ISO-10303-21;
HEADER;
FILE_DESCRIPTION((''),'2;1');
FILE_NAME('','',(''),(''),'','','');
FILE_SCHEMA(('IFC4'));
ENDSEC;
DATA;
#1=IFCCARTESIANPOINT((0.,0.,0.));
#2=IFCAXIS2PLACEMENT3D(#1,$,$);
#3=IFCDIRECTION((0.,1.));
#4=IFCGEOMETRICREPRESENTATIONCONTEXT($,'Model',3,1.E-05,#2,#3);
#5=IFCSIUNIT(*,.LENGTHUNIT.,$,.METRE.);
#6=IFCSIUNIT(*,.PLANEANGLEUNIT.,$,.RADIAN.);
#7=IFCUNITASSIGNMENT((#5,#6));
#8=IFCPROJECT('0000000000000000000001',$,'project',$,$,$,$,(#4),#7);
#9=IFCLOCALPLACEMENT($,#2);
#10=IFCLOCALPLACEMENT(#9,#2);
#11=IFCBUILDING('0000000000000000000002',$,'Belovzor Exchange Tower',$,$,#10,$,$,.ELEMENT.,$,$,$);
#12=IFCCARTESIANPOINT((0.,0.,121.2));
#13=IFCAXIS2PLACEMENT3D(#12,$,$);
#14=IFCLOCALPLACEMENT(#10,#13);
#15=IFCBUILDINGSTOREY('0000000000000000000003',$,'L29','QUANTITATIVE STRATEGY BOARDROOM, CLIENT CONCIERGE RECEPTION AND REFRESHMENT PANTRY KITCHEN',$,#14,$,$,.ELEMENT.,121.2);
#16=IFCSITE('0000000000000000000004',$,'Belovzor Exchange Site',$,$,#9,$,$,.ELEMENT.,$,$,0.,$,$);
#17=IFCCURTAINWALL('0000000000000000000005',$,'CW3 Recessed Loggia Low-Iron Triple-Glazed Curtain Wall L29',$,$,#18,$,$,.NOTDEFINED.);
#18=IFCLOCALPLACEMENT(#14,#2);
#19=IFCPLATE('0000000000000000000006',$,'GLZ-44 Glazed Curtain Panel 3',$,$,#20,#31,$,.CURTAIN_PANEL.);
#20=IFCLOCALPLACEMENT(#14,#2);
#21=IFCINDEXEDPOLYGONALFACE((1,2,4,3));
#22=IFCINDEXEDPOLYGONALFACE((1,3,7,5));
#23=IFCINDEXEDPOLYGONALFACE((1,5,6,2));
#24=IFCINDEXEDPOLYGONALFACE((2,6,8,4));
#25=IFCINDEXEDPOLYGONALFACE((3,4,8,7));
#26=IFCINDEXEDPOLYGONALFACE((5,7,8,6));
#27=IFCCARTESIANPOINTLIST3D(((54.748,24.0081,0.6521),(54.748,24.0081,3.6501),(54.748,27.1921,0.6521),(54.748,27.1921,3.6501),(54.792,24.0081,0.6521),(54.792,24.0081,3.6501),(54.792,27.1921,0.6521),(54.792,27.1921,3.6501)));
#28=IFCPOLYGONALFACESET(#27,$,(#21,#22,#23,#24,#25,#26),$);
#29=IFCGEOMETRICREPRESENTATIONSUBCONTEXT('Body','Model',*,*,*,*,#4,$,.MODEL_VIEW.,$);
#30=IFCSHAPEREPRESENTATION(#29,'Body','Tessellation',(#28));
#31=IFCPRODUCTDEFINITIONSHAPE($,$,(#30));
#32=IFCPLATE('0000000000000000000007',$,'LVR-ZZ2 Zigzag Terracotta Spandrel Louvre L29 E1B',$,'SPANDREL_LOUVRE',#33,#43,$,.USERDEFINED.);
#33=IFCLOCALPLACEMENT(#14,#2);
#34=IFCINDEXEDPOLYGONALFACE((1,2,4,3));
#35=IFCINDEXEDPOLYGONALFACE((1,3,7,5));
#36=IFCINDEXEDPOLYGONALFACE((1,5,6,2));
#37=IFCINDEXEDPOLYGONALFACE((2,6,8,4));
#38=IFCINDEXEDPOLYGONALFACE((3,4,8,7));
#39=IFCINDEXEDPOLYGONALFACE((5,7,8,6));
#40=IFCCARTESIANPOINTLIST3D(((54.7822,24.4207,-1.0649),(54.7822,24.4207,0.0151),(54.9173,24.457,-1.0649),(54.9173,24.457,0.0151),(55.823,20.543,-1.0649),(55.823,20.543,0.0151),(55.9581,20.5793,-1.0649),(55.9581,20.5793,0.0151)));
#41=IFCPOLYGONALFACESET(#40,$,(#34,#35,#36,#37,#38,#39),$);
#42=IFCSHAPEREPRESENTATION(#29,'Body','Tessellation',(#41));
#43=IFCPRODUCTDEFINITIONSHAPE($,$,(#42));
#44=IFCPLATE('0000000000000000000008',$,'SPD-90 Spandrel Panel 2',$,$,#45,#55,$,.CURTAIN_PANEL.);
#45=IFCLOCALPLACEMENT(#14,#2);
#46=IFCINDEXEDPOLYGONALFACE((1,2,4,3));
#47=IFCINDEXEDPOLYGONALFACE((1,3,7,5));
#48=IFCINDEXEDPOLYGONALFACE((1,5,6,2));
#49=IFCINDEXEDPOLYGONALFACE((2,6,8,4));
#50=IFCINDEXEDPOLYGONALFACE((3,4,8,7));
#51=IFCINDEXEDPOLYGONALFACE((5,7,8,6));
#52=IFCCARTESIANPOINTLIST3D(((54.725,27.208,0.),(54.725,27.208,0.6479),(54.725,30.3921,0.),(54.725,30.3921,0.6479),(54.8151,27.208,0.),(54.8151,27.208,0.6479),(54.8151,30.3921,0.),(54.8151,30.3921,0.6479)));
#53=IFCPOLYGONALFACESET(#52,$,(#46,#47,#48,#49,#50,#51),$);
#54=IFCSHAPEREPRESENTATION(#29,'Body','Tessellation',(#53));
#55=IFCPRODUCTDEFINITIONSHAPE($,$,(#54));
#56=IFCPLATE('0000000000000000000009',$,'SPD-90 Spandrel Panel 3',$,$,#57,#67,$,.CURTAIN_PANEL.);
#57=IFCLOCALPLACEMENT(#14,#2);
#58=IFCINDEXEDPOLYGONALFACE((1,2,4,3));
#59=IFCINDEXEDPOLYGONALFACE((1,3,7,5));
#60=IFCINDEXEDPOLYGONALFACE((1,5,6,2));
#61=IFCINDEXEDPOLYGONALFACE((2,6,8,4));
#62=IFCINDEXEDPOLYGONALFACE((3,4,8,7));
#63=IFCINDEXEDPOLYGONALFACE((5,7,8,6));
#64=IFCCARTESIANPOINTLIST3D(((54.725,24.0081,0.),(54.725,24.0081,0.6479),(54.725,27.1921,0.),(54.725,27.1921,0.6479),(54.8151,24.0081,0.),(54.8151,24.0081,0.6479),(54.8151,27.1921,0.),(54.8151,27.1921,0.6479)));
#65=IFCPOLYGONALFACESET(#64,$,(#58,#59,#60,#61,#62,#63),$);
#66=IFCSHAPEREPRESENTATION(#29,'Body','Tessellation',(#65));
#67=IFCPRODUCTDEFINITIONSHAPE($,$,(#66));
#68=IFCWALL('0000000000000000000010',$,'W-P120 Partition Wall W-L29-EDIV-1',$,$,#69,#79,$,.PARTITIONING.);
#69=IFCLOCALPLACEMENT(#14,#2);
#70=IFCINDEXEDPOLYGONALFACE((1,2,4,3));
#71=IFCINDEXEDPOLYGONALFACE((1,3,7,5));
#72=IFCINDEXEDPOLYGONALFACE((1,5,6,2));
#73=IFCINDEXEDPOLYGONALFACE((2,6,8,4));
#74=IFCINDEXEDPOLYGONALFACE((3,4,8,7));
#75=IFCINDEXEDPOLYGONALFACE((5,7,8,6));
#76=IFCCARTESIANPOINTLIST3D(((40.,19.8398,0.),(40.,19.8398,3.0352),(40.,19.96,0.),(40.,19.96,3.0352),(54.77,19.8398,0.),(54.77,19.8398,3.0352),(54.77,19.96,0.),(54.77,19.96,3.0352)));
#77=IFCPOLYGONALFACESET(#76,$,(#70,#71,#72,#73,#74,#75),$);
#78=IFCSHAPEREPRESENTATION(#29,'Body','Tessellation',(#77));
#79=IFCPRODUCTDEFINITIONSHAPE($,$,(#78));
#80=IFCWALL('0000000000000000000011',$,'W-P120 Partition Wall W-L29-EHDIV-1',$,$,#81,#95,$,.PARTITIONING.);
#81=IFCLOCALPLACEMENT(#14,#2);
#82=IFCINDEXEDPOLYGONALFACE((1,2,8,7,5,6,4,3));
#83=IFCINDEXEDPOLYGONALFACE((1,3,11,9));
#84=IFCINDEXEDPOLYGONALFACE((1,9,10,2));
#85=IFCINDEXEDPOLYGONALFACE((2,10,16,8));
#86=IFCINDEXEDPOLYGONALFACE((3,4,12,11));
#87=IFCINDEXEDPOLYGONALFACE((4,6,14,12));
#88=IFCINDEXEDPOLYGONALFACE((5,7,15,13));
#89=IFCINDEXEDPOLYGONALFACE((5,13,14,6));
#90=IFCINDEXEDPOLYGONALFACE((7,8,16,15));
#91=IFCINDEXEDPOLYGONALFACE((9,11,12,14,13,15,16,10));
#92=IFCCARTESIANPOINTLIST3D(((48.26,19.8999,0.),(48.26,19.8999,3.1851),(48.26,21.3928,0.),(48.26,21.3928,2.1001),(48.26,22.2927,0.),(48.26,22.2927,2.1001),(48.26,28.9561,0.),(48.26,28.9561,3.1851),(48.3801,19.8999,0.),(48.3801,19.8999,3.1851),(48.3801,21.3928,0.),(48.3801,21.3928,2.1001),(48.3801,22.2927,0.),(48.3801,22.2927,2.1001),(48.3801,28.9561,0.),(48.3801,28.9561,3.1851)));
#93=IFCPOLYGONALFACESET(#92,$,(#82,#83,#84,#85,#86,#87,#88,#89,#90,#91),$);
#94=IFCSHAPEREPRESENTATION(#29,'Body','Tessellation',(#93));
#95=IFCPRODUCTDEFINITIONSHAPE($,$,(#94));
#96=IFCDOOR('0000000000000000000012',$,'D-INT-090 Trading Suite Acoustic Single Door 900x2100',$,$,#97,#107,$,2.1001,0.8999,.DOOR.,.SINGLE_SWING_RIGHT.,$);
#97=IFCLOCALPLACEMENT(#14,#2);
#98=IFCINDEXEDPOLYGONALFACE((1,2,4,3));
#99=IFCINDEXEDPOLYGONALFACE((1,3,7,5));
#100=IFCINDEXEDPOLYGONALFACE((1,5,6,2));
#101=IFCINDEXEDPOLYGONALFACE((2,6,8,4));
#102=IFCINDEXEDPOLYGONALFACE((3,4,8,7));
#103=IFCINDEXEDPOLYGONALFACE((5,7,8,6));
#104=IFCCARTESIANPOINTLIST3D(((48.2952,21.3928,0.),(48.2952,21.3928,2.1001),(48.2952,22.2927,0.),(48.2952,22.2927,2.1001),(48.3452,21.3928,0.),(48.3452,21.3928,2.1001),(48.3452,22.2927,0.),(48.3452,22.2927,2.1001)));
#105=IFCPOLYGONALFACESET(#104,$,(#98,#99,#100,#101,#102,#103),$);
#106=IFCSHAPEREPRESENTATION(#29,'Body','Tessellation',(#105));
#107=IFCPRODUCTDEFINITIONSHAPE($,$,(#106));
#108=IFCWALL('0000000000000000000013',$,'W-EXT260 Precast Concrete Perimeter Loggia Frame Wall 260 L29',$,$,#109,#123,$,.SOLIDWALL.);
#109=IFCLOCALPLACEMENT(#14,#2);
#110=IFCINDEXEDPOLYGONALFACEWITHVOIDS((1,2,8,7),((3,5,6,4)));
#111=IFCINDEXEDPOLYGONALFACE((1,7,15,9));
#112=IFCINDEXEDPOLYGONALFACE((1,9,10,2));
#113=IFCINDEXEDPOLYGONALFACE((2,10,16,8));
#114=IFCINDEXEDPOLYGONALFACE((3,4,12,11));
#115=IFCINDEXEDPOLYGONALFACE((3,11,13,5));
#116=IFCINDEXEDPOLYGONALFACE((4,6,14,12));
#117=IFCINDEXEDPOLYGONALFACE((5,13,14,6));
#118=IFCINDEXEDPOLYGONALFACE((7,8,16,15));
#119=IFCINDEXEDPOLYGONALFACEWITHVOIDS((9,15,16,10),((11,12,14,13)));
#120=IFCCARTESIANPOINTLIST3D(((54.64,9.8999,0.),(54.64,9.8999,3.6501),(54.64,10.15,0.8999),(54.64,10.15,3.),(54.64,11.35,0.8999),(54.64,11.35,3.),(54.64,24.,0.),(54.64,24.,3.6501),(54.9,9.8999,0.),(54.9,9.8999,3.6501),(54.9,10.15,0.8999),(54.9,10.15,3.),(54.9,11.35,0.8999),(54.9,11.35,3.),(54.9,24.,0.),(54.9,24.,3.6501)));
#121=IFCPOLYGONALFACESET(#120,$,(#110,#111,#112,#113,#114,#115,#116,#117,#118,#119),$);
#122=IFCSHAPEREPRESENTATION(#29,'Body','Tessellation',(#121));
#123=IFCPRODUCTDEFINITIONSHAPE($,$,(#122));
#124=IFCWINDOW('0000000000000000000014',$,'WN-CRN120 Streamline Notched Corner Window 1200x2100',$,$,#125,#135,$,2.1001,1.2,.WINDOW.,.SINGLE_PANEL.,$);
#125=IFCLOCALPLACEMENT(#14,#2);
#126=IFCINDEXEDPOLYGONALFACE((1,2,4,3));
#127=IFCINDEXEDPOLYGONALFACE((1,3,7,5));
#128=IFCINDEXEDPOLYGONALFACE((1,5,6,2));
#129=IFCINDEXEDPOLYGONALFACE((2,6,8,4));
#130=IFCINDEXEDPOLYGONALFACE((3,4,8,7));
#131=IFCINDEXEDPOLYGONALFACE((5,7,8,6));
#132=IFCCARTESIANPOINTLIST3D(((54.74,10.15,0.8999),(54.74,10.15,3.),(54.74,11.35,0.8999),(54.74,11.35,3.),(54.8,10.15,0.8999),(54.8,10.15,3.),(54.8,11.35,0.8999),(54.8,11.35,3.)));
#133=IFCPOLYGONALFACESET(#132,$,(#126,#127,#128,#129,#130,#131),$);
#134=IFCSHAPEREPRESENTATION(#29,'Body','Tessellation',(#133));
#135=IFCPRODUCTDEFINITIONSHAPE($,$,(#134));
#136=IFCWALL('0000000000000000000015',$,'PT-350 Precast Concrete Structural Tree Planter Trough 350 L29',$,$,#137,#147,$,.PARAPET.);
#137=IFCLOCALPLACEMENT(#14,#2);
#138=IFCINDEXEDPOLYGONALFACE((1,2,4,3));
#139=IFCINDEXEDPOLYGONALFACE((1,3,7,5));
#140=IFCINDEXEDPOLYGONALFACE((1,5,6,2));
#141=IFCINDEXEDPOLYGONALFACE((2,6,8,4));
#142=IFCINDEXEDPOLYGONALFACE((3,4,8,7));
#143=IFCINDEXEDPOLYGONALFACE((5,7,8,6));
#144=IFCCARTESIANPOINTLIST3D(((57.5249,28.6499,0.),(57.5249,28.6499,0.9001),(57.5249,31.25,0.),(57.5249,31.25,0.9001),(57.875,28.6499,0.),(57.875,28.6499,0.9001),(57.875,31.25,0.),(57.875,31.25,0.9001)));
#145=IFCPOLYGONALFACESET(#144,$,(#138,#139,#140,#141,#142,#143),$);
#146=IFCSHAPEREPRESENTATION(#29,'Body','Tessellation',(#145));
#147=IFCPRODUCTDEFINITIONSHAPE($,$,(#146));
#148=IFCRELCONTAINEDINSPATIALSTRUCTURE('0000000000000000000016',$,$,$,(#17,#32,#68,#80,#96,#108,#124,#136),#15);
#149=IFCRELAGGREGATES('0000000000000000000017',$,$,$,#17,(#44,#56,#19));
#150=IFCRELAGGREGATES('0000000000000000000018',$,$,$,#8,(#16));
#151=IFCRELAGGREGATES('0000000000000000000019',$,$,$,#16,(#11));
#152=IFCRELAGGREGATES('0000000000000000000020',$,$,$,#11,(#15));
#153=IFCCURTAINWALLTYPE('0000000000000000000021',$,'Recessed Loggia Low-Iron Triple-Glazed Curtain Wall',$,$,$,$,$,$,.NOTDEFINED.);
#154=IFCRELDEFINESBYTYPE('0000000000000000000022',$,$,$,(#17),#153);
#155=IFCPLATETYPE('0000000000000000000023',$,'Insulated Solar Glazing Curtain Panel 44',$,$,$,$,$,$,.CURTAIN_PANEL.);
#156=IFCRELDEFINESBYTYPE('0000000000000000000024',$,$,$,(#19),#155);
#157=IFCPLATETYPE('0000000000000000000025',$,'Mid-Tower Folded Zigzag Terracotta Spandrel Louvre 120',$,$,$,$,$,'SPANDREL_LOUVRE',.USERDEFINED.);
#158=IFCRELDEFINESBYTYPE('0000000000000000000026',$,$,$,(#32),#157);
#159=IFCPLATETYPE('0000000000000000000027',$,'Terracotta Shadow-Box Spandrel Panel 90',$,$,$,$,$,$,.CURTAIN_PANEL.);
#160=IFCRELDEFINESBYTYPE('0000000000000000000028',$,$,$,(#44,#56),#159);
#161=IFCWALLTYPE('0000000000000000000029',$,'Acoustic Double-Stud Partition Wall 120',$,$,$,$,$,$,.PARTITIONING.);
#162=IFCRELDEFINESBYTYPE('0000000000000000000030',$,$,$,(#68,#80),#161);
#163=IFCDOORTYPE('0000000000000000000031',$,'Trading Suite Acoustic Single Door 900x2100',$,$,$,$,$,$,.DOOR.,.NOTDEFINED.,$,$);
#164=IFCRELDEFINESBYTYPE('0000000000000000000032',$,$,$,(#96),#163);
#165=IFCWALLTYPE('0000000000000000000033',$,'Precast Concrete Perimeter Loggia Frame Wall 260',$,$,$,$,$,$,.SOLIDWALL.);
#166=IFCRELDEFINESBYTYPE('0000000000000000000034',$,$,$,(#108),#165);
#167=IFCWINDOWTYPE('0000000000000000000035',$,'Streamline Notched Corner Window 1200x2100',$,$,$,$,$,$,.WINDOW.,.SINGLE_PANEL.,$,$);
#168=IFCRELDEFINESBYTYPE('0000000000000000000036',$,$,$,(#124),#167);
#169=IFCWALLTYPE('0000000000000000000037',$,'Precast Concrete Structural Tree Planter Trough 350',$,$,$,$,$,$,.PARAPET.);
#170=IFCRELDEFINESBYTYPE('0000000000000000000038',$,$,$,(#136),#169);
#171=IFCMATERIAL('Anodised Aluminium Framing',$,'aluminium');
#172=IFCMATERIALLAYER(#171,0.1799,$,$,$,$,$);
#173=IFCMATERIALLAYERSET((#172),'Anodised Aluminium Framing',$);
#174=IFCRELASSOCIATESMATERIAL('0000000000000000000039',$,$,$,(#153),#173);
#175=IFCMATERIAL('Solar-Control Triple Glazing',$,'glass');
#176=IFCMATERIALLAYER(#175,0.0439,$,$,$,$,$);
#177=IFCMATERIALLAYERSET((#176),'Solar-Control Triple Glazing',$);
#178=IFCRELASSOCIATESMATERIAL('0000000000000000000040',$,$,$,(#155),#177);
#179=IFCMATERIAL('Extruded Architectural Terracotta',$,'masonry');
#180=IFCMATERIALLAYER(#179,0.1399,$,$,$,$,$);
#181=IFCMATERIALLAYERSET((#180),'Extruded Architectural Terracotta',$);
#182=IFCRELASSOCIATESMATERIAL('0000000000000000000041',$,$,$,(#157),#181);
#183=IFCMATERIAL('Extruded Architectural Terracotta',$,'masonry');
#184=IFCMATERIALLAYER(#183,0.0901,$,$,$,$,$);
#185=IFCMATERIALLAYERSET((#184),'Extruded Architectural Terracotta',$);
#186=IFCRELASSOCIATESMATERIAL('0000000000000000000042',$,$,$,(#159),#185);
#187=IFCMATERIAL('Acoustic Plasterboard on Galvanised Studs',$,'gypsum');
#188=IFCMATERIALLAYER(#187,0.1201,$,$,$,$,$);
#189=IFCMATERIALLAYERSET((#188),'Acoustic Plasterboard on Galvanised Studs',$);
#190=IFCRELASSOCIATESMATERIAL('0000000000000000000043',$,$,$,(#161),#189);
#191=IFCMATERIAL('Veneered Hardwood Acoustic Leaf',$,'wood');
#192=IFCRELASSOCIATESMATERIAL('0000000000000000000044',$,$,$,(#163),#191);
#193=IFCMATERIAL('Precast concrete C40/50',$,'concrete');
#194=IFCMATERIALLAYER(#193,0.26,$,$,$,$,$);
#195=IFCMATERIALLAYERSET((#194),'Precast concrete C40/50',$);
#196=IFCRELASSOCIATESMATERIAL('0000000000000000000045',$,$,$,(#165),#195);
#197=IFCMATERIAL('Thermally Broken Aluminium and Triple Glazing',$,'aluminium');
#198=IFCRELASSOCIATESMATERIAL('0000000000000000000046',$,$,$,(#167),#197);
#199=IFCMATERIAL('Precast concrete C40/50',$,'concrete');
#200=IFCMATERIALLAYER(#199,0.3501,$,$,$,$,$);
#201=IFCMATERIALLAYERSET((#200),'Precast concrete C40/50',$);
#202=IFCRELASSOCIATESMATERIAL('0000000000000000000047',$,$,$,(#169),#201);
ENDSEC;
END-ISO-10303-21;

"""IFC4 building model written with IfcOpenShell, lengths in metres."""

from ifc_helpers import new_model, si_unit, direction, frame, frame_2d, origin, origin_2d, place, context, subcontext, project, spatial, rectangle, extrude, material, layer, layer_set, type_object, element, fill, aggregate, save


model = new_model("IFC4")

# Units and contexts
model_context = context("Model", 3, precision=1e-05, world=origin(), true_north=direction((0.0, 1.0)))
body_context = subcontext(model_context, "Body", "Model", "MODEL_VIEW")
ifc_project = project(units=[si_unit("LENGTHUNIT", "METRE"), si_unit("PLANEANGLEUNIT", "RADIAN")], contexts=[model_context])

# Site, building, storey
site_placement = place(None, origin())
site = spatial("IfcSite", under=ifc_project, at=site_placement, Name="Belovzor Exchange Site", CompositionType="ELEMENT", RefElevation=0.0)
building_placement = place(site_placement, origin())
building = spatial("IfcBuilding", under=site, at=building_placement, Name="Belovzor Exchange Tower", CompositionType="ELEMENT")
storey_placement = place(building_placement, frame((0.0, 0.0, 121.2)))
storey = spatial("IfcBuildingStorey", under=building, at=storey_placement, Name="L29", Description="QUANTITATIVE STRATEGY BOARDROOM, CLIENT CONCIERGE RECEPTION AND REFRESHMENT PANTRY KITCHEN", CompositionType="ELEMENT", Elevation=121.2)

# Curtain wall, plate
ifc_material_1 = material(Name="Anodised Aluminium Framing", Category="aluminium")
ifc_layer_1 = layer(ifc_material_1, 0.1799)
ifc_layer_set_1 = layer_set([ifc_layer_1], Name="Anodised Aluminium Framing")
curtain_wall_type = type_object("IfcCurtainWallType", Name="Recessed Loggia Low-Iron Triple-Glazed Curtain Wall", PredefinedType="NOTDEFINED", material=ifc_layer_set_1)
curtain_wall_placement = place(storey_placement, origin())
curtain_wall = element("IfcCurtainWall", 1, at=curtain_wall_placement, inside=storey, type_object=curtain_wall_type, Name="CW3 Recessed Loggia Low-Iron Triple-Glazed Curtain Wall L29", PredefinedType="NOTDEFINED")
ifc_material_2 = material(Name="Solar-Control Triple Glazing", Category="glass")
ifc_layer_2 = layer(ifc_material_2, 0.0439)
ifc_layer_set_2 = layer_set([ifc_layer_2], Name="Solar-Control Triple Glazing")
plate_type_1 = type_object("IfcPlateType", Name="Insulated Solar Glazing Curtain Panel 44", PredefinedType="CURTAIN_PANEL", material=ifc_layer_set_2)
plate_1_placement = place(storey_placement, frame((54.77, 25.6001, 0.6521), z_axis=(0.0, 0.0, 1.0), x_axis=(0.0, -1.0, 0.0)))
plate_1 = element("IfcPlate", 2, at=plate_1_placement, type_object=plate_type_1, Name="GLZ-44 Glazed Curtain Panel 3", PredefinedType="CURTAIN_PANEL", context=body_context, shape_type="SweptSolid", body=[
    extrude(rectangle(XDim=3.1841, YDim=0.0439, at=origin_2d()), origin(), (0.0, 0.0, 1.0), 2.998),
])

# Plates
ifc_material_3 = material(Name="Extruded Architectural Terracotta", Category="masonry")
ifc_layer_3 = layer(ifc_material_3, 0.1399)
ifc_layer_set_3 = layer_set([ifc_layer_3], Name="Extruded Architectural Terracotta")
plate_type_2 = type_object("IfcPlateType", Name="Mid-Tower Folded Zigzag Terracotta Spandrel Louvre 120", ElementType="SPANDREL_LOUVRE", PredefinedType="USERDEFINED", material=ifc_layer_set_3)
plate_2_placement = place(storey_placement, frame((55.3701, 22.5, -1.0649), z_axis=(0.0, 0.0, 1.0), x_axis=(-0.25924, 0.965813, 0.0)))
element("IfcPlate", 3, at=plate_2_placement, inside=storey, type_object=plate_type_2, Name="LVR-ZZ2 Zigzag Terracotta Spandrel Louvre L29 E1B", ObjectType="SPANDREL_LOUVRE", PredefinedType="USERDEFINED", context=body_context, shape_type="SweptSolid", body=[
    extrude(rectangle(XDim=4.0149, YDim=0.1399, at=origin_2d()), origin(), (0.0, 0.0, 1.0), 1.0801),
])
ifc_material_4 = material(Name="Extruded Architectural Terracotta", Category="masonry")
ifc_layer_4 = layer(ifc_material_4, 0.0901)
ifc_layer_set_4 = layer_set([ifc_layer_4], Name="Extruded Architectural Terracotta")
plate_type_3 = type_object("IfcPlateType", Name="Terracotta Shadow-Box Spandrel Panel 90", PredefinedType="CURTAIN_PANEL", material=ifc_layer_set_4)
plate_3_placement = place(storey_placement, frame((54.77, 28.8, 0.0), z_axis=(0.0, 0.0, 1.0), x_axis=(0.0, -1.0, 0.0)))
plate_3 = element("IfcPlate", 4, at=plate_3_placement, type_object=plate_type_3, Name="SPD-90 Spandrel Panel 2", PredefinedType="CURTAIN_PANEL", context=body_context, shape_type="SweptSolid", body=[
    extrude(rectangle(XDim=3.1841, YDim=0.0901, at=origin_2d()), origin(), (0.0, 0.0, 1.0), 0.6479),
])
plate_4_placement = place(storey_placement, frame((54.77, 25.6001, 0.0), z_axis=(0.0, 0.0, 1.0), x_axis=(0.0, -1.0, 0.0)))
plate_4 = element("IfcPlate", 5, at=plate_4_placement, type_object=plate_type_3, Name="SPD-90 Spandrel Panel 3", PredefinedType="CURTAIN_PANEL", context=body_context, shape_type="SweptSolid", body=[
    extrude(rectangle(XDim=3.1841, YDim=0.0901, at=origin_2d()), origin(), (0.0, 0.0, 1.0), 0.6479),
])
aggregate(curtain_wall, [plate_3, plate_4, plate_1])

# Wall
ifc_material_5 = material(Name="Acoustic Plasterboard on Galvanised Studs", Category="gypsum")
ifc_layer_5 = layer(ifc_material_5, 0.1201)
ifc_layer_set_5 = layer_set([ifc_layer_5], Name="Acoustic Plasterboard on Galvanised Studs")
wall_type_1 = type_object("IfcWallType", Name="Acoustic Double-Stud Partition Wall 120", PredefinedType="PARTITIONING", material=ifc_layer_set_5)
wall_1_placement = place(storey_placement, frame((40.0, 19.8999, 0.0), z_axis=(0.0, 0.0, 1.0), x_axis=(1.0, 0.0, 0.0)))
element("IfcWall", 6, at=wall_1_placement, inside=storey, type_object=wall_type_1, Name="W-P120 Partition Wall W-L29-EDIV-1", PredefinedType="PARTITIONING", context=body_context, shape_type="SweptSolid", body=[
    extrude(rectangle(XDim=14.77, YDim=0.1201, at=frame_2d((7.385, 0.0))), origin(), (0.0, 0.0, 1.0), 3.0352),
])

# Wall, opening, door
wall_2_placement = place(storey_placement, frame((48.3201, 19.8999, 0.0), z_axis=(0.0, 0.0, 1.0), x_axis=(0.0, 1.0, 0.0)))
wall_2 = element("IfcWall", 7, at=wall_2_placement, inside=storey, type_object=wall_type_1, Name="W-P120 Partition Wall W-L29-EHDIV-1", PredefinedType="PARTITIONING", context=body_context, shape_type="SweptSolid", body=[
    extrude(rectangle(XDim=9.0562, YDim=0.1201, at=frame_2d((4.5281, 0.0))), origin(), (0.0, 0.0, 1.0), 3.1851),
])
opening_1_placement = place(wall_2_placement, frame((1.4929, 0.0, 0.0)))
opening_1 = element("IfcOpeningElement", 8, at=opening_1_placement, cuts=wall_2, PredefinedType="OPENING", context=body_context, shape_type="SweptSolid", body=[
    extrude(rectangle(XDim=0.8999, YDim=2.1001, at=frame_2d((0.45, 1.05))), frame((0.0, 0.0701, 0.0), z_axis=(0.0, -1.0, 0.0), x_axis=(1.0, 0.0, 0.0)), (0.0, 0.0, 1.0), 0.1401),
])
ifc_material_6 = material(Name="Veneered Hardwood Acoustic Leaf", Category="wood")
door_type = type_object("IfcDoorType", Name="Trading Suite Acoustic Single Door 900x2100", OperationType="NOTDEFINED", PredefinedType="DOOR", material=ifc_material_6)
door_placement = place(opening_1_placement, origin())
door = element("IfcDoor", 9, at=door_placement, inside=storey, type_object=door_type, Name="D-INT-090 Trading Suite Acoustic Single Door 900x2100", OperationType="SINGLE_SWING_RIGHT", OverallHeight=2.1001, OverallWidth=0.8999, PredefinedType="DOOR", context=body_context, shape_type="SweptSolid", body=[
    extrude(rectangle(XDim=0.8999, YDim=2.1001, at=frame_2d((0.45, 1.05))), frame((0.0, 0.0249, 0.0), z_axis=(0.0, -1.0, 0.0), x_axis=(1.0, 0.0, 0.0)), (0.0, 0.0, 1.0), 0.05),
])
fill(opening_1, door)

# Wall, opening, window
ifc_material_7 = material(Name="Precast concrete C40/50", Category="concrete")
ifc_layer_6 = layer(ifc_material_7, 0.26)
ifc_layer_set_6 = layer_set([ifc_layer_6], Name="Precast concrete C40/50")
wall_type_2 = type_object("IfcWallType", Name="Precast Concrete Perimeter Loggia Frame Wall 260", PredefinedType="SOLIDWALL", material=ifc_layer_set_6)
wall_3_placement = place(storey_placement, frame((54.77, 24.0, 0.0), z_axis=(0.0, 0.0, 1.0), x_axis=(0.0, -1.0, 0.0)))
wall_3 = element("IfcWall", 10, at=wall_3_placement, inside=storey, type_object=wall_type_2, Name="W-EXT260 Precast Concrete Perimeter Loggia Frame Wall 260 L29", PredefinedType="SOLIDWALL", context=body_context, shape_type="SweptSolid", body=[
    extrude(rectangle(XDim=14.1001, YDim=0.26, at=frame_2d((7.05, 0.0))), origin(), (0.0, 0.0, 1.0), 3.6501),
])
opening_2_placement = place(wall_3_placement, frame((12.6499, 0.0, 0.8999)))
opening_2 = element("IfcOpeningElement", 11, at=opening_2_placement, cuts=wall_3, PredefinedType="OPENING", context=body_context, shape_type="SweptSolid", body=[
    extrude(rectangle(XDim=1.2, YDim=2.1001, at=frame_2d((0.6001, 1.05))), frame((0.0, 0.1399, 0.0), z_axis=(0.0, -1.0, 0.0), x_axis=(1.0, 0.0, 0.0)), (0.0, 0.0, 1.0), 0.28),
])
ifc_material_8 = material(Name="Thermally Broken Aluminium and Triple Glazing", Category="aluminium")
window_type = type_object("IfcWindowType", Name="Streamline Notched Corner Window 1200x2100", PartitioningType="SINGLE_PANEL", PredefinedType="WINDOW", material=ifc_material_8)
window_placement = place(opening_2_placement, origin())
window = element("IfcWindow", 12, at=window_placement, inside=storey, type_object=window_type, Name="WN-CRN120 Streamline Notched Corner Window 1200x2100", OverallHeight=2.1001, OverallWidth=1.2, PartitioningType="SINGLE_PANEL", PredefinedType="WINDOW", context=body_context, shape_type="SweptSolid", body=[
    extrude(rectangle(XDim=1.2, YDim=2.1001, at=frame_2d((0.6001, 1.05))), frame((0.0, 0.03, 0.0), z_axis=(0.0, -1.0, 0.0), x_axis=(1.0, 0.0, 0.0)), (0.0, 0.0, 1.0), 0.0601),
])
fill(opening_2, window)

# Wall
ifc_material_9 = material(Name="Precast concrete C40/50", Category="concrete")
ifc_layer_7 = layer(ifc_material_9, 0.3501)
ifc_layer_set_7 = layer_set([ifc_layer_7], Name="Precast concrete C40/50")
wall_type_3 = type_object("IfcWallType", Name="Precast Concrete Structural Tree Planter Trough 350", PredefinedType="PARAPET", material=ifc_layer_set_7)
wall_4_placement = place(storey_placement, frame((57.7, 28.6499, 0.0), z_axis=(0.0, 0.0, 1.0), x_axis=(0.0, 1.0, 0.0)))
element("IfcWall", 13, at=wall_4_placement, inside=storey, type_object=wall_type_3, Name="PT-350 Precast Concrete Structural Tree Planter Trough 350 L29", PredefinedType="PARAPET", context=body_context, shape_type="SweptSolid", body=[
    extrude(rectangle(XDim=2.6001, YDim=0.3501, at=frame_2d((1.3, 0.0))), origin(), (0.0, 0.0, 1.0), 0.9001),
])

save(model, "model.ifc")
